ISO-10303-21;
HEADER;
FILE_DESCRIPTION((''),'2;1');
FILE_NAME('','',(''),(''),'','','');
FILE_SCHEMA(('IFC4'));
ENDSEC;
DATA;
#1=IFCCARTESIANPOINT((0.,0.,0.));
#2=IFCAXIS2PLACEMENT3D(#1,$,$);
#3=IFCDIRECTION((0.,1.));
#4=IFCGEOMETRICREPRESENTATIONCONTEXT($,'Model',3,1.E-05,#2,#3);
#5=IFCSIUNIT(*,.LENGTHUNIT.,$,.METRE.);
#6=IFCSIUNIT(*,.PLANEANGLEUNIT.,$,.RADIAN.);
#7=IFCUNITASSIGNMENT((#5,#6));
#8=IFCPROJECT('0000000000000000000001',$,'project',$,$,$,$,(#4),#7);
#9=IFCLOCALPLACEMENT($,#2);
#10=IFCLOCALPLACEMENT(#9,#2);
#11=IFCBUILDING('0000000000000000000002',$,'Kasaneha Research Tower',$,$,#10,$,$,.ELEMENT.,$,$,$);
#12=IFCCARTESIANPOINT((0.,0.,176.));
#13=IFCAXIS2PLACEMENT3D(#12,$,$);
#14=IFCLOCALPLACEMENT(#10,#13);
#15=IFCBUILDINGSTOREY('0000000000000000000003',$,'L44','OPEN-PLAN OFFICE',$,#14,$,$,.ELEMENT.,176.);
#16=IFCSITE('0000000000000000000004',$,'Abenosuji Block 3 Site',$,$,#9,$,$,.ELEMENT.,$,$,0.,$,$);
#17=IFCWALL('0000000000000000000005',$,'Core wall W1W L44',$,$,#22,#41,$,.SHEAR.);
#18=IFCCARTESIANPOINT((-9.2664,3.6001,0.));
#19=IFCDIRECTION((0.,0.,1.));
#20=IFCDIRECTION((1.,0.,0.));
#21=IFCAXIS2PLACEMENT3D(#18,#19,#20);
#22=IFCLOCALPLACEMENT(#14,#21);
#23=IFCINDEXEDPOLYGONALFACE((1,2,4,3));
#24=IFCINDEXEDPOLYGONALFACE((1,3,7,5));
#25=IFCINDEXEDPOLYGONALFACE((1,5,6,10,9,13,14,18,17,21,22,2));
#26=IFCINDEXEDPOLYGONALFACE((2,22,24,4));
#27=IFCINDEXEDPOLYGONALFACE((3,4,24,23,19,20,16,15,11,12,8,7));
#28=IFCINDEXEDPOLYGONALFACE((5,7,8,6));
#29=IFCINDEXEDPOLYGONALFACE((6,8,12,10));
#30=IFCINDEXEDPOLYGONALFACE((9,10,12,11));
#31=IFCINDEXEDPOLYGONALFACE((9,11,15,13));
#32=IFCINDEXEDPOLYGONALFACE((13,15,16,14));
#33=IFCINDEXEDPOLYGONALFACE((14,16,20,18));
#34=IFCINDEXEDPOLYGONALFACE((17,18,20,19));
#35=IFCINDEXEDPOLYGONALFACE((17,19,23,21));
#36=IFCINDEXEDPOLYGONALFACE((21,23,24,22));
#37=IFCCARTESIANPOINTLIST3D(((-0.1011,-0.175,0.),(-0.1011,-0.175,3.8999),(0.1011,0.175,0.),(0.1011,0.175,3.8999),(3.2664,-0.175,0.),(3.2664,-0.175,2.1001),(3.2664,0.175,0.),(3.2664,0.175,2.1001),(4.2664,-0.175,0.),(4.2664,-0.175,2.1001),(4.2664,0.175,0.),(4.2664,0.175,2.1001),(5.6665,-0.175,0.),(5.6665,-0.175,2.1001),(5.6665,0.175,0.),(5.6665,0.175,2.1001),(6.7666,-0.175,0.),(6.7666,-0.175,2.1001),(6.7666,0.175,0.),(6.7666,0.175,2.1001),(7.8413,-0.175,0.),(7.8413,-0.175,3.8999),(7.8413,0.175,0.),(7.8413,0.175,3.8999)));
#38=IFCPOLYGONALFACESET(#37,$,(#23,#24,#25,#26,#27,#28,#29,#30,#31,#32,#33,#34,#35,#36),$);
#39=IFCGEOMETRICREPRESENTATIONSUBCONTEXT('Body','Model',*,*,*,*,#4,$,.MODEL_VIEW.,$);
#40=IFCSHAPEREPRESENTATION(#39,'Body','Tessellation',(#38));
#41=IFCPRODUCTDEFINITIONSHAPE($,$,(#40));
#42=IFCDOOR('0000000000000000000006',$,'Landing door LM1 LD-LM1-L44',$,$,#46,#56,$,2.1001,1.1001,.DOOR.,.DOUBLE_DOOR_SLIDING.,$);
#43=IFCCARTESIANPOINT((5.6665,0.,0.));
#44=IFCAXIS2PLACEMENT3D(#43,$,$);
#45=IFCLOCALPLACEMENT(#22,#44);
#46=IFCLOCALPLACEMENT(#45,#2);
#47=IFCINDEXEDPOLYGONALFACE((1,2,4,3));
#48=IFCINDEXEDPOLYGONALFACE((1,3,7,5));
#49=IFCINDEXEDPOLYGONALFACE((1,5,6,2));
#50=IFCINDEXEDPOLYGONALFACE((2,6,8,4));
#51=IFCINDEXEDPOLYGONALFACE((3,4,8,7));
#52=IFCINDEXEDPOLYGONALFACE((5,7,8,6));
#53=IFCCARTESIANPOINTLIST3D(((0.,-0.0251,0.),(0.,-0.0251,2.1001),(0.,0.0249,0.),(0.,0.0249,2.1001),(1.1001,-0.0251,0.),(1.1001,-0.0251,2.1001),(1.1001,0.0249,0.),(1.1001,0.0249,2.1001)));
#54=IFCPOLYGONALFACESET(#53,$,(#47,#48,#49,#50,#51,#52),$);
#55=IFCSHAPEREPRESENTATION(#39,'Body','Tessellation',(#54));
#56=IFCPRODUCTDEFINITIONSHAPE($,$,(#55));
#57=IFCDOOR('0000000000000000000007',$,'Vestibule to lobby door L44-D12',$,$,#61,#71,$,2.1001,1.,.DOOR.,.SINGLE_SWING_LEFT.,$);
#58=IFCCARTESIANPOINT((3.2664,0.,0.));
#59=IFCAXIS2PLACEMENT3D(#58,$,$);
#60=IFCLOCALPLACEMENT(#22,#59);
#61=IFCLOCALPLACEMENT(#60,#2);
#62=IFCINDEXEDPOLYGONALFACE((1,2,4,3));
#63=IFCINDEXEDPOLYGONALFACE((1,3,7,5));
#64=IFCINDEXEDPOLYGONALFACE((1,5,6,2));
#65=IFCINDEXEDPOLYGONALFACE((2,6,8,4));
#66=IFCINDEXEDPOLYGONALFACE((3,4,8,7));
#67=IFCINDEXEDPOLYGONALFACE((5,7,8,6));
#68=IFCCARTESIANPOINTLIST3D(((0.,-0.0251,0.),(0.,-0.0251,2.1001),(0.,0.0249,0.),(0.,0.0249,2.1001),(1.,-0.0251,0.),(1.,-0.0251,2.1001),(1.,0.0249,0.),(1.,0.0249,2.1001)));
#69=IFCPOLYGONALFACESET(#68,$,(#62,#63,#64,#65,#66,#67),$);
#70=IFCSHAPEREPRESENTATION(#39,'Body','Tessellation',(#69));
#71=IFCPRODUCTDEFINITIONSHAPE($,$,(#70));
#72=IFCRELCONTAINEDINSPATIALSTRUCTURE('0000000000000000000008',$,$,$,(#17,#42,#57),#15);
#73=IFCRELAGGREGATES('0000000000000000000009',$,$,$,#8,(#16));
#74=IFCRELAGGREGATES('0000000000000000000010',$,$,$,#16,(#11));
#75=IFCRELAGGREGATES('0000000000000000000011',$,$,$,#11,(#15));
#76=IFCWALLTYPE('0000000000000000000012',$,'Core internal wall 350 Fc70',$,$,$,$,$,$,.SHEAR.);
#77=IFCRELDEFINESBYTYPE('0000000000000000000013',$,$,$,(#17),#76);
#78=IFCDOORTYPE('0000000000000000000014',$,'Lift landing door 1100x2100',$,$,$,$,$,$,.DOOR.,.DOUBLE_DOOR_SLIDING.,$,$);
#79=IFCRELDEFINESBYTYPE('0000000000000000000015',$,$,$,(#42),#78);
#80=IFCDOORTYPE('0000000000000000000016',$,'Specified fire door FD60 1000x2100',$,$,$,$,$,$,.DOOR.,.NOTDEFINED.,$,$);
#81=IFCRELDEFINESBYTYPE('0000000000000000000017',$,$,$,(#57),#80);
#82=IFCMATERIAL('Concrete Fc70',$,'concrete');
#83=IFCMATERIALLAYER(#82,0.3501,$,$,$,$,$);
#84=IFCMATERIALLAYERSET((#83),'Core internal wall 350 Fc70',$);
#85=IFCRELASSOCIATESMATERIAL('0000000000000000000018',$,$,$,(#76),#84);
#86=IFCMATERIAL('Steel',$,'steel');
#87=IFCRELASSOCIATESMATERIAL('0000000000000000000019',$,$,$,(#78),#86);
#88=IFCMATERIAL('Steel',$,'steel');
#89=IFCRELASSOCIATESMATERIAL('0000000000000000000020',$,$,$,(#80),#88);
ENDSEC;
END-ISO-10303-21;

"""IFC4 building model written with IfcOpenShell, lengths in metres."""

from ifc_helpers import new_model, si_unit, direction, frame, frame_2d, origin, place, context, subcontext, project, spatial, polyline, rectangle, outline, extrude, material, layer, layer_set, type_object, element, fill, save


model = new_model("IFC4")

# Units and contexts
model_context = context("Model", 3, precision=1e-05, world=origin(), true_north=direction((0.0, 1.0)))
body_context = subcontext(model_context, "Body", "Model", "MODEL_VIEW")
ifc_project = project(units=[si_unit("LENGTHUNIT", "METRE"), si_unit("PLANEANGLEUNIT", "RADIAN")], contexts=[model_context])

# Site, building, storey
site_placement = place(None, origin())
site = spatial("IfcSite", under=ifc_project, at=site_placement, Name="Abenosuji Block 3 Site", CompositionType="ELEMENT", RefElevation=0.0)
building_placement = place(site_placement, origin())
building = spatial("IfcBuilding", under=site, at=building_placement, Name="Kasaneha Research Tower", CompositionType="ELEMENT")
storey_placement = place(building_placement, frame((0.0, 0.0, 176.0)))
storey = spatial("IfcBuildingStorey", under=building, at=storey_placement, Name="L44", Description="OPEN-PLAN OFFICE", CompositionType="ELEMENT", Elevation=176.0)

# Wall, openings, doors
ifc_material_1 = material(Name="Concrete Fc70", Category="concrete")
ifc_layer_1 = layer(ifc_material_1, 0.3501)
ifc_layer_set_1 = layer_set([ifc_layer_1], Name="Core internal wall 350 Fc70")
wall_type = type_object("IfcWallType", Name="Core internal wall 350 Fc70", PredefinedType="SHEAR", material=ifc_layer_set_1)
wall_1_placement = place(storey_placement, frame((-9.2664, 3.6001, 0.0), z_axis=(0.0, 0.0, 1.0), x_axis=(1.0, 0.0, 0.0)))
wall_1 = element("IfcWall", 1, at=wall_1_placement, inside=storey, type_object=wall_type, Name="Core wall W1W L44", PredefinedType="SHEAR", context=body_context, shape_type="SweptSolid", body=[
    extrude(outline(polyline([(-0.1011, -0.175), (3.2664, -0.175), (4.2664, -0.175), (5.6665, -0.175), (6.7666, -0.175), (7.8413, -0.175), (7.8413, 0.175), (6.7666, 0.175), (5.6665, 0.175), (4.2664, 0.175), (3.2664, 0.175), (0.1011, 0.175), (-0.1011, -0.175)])), origin(), (0.0, 0.0, 1.0), 3.8999),
])
opening_1_placement = place(wall_1_placement, frame((3.2664, 0.0, 0.0)))
opening_1 = element("IfcOpeningElement", 2, at=opening_1_placement, cuts=wall_1, PredefinedType="OPENING", context=body_context, shape_type="SweptSolid", body=[
    extrude(rectangle(XDim=1.0, YDim=2.1001, at=frame_2d((0.5, 1.05))), frame((0.0, 0.1851, 0.0), z_axis=(0.0, -1.0, 0.0), x_axis=(1.0, 0.0, 0.0)), (0.0, 0.0, 1.0), 0.3701),
])
opening_2_placement = place(wall_1_placement, frame((5.6665, 0.0, 0.0)))
opening_2 = element("IfcOpeningElement", 3, at=opening_2_placement, cuts=wall_1, PredefinedType="OPENING", context=body_context, shape_type="SweptSolid", body=[
    extrude(rectangle(XDim=1.1001, YDim=2.1001, at=frame_2d((0.55, 1.05))), frame((0.0, 0.1851, 0.0), z_axis=(0.0, -1.0, 0.0), x_axis=(1.0, 0.0, 0.0)), (0.0, 0.0, 1.0), 0.3701),
])
ifc_material_2 = material(Name="Steel", Category="steel")
door_type_1 = type_object("IfcDoorType", Name="Lift landing door 1100x2100", OperationType="DOUBLE_DOOR_SLIDING", PredefinedType="DOOR", material=ifc_material_2)
door_1_placement = place(opening_2_placement, origin())
door_1 = element("IfcDoor", 4, at=door_1_placement, inside=storey, type_object=door_type_1, Name="Landing door LM1 LD-LM1-L44", OperationType="DOUBLE_DOOR_SLIDING", OverallHeight=2.1001, OverallWidth=1.1001, PredefinedType="DOOR", context=body_context, shape_type="SweptSolid", body=[
    extrude(rectangle(XDim=1.1001, YDim=2.1001, at=frame_2d((0.55, 1.05))), frame((0.0, 0.0249, 0.0), z_axis=(0.0, -1.0, 0.0), x_axis=(1.0, 0.0, 0.0)), (0.0, 0.0, 1.0), 0.05),
])
fill(opening_2, door_1)
ifc_material_3 = material(Name="Steel", Category="steel")
door_type_2 = type_object("IfcDoorType", Name="Specified fire door FD60 1000x2100", OperationType="NOTDEFINED", PredefinedType="DOOR", material=ifc_material_3)
door_2_placement = place(opening_1_placement, origin())
door_2 = element("IfcDoor", 5, at=door_2_placement, inside=storey, type_object=door_type_2, Name="Vestibule to lobby door L44-D12", OperationType="SINGLE_SWING_LEFT", OverallHeight=2.1001, OverallWidth=1.0, PredefinedType="DOOR", context=body_context, shape_type="SweptSolid", body=[
    extrude(rectangle(XDim=1.0, YDim=2.1001, at=frame_2d((0.5, 1.05))), frame((0.0, 0.0249, 0.0), z_axis=(0.0, -1.0, 0.0), x_axis=(1.0, 0.0, 0.0)), (0.0, 0.0, 1.0), 0.05),
])
fill(opening_1, door_2)

save(model, "model.ifc")
